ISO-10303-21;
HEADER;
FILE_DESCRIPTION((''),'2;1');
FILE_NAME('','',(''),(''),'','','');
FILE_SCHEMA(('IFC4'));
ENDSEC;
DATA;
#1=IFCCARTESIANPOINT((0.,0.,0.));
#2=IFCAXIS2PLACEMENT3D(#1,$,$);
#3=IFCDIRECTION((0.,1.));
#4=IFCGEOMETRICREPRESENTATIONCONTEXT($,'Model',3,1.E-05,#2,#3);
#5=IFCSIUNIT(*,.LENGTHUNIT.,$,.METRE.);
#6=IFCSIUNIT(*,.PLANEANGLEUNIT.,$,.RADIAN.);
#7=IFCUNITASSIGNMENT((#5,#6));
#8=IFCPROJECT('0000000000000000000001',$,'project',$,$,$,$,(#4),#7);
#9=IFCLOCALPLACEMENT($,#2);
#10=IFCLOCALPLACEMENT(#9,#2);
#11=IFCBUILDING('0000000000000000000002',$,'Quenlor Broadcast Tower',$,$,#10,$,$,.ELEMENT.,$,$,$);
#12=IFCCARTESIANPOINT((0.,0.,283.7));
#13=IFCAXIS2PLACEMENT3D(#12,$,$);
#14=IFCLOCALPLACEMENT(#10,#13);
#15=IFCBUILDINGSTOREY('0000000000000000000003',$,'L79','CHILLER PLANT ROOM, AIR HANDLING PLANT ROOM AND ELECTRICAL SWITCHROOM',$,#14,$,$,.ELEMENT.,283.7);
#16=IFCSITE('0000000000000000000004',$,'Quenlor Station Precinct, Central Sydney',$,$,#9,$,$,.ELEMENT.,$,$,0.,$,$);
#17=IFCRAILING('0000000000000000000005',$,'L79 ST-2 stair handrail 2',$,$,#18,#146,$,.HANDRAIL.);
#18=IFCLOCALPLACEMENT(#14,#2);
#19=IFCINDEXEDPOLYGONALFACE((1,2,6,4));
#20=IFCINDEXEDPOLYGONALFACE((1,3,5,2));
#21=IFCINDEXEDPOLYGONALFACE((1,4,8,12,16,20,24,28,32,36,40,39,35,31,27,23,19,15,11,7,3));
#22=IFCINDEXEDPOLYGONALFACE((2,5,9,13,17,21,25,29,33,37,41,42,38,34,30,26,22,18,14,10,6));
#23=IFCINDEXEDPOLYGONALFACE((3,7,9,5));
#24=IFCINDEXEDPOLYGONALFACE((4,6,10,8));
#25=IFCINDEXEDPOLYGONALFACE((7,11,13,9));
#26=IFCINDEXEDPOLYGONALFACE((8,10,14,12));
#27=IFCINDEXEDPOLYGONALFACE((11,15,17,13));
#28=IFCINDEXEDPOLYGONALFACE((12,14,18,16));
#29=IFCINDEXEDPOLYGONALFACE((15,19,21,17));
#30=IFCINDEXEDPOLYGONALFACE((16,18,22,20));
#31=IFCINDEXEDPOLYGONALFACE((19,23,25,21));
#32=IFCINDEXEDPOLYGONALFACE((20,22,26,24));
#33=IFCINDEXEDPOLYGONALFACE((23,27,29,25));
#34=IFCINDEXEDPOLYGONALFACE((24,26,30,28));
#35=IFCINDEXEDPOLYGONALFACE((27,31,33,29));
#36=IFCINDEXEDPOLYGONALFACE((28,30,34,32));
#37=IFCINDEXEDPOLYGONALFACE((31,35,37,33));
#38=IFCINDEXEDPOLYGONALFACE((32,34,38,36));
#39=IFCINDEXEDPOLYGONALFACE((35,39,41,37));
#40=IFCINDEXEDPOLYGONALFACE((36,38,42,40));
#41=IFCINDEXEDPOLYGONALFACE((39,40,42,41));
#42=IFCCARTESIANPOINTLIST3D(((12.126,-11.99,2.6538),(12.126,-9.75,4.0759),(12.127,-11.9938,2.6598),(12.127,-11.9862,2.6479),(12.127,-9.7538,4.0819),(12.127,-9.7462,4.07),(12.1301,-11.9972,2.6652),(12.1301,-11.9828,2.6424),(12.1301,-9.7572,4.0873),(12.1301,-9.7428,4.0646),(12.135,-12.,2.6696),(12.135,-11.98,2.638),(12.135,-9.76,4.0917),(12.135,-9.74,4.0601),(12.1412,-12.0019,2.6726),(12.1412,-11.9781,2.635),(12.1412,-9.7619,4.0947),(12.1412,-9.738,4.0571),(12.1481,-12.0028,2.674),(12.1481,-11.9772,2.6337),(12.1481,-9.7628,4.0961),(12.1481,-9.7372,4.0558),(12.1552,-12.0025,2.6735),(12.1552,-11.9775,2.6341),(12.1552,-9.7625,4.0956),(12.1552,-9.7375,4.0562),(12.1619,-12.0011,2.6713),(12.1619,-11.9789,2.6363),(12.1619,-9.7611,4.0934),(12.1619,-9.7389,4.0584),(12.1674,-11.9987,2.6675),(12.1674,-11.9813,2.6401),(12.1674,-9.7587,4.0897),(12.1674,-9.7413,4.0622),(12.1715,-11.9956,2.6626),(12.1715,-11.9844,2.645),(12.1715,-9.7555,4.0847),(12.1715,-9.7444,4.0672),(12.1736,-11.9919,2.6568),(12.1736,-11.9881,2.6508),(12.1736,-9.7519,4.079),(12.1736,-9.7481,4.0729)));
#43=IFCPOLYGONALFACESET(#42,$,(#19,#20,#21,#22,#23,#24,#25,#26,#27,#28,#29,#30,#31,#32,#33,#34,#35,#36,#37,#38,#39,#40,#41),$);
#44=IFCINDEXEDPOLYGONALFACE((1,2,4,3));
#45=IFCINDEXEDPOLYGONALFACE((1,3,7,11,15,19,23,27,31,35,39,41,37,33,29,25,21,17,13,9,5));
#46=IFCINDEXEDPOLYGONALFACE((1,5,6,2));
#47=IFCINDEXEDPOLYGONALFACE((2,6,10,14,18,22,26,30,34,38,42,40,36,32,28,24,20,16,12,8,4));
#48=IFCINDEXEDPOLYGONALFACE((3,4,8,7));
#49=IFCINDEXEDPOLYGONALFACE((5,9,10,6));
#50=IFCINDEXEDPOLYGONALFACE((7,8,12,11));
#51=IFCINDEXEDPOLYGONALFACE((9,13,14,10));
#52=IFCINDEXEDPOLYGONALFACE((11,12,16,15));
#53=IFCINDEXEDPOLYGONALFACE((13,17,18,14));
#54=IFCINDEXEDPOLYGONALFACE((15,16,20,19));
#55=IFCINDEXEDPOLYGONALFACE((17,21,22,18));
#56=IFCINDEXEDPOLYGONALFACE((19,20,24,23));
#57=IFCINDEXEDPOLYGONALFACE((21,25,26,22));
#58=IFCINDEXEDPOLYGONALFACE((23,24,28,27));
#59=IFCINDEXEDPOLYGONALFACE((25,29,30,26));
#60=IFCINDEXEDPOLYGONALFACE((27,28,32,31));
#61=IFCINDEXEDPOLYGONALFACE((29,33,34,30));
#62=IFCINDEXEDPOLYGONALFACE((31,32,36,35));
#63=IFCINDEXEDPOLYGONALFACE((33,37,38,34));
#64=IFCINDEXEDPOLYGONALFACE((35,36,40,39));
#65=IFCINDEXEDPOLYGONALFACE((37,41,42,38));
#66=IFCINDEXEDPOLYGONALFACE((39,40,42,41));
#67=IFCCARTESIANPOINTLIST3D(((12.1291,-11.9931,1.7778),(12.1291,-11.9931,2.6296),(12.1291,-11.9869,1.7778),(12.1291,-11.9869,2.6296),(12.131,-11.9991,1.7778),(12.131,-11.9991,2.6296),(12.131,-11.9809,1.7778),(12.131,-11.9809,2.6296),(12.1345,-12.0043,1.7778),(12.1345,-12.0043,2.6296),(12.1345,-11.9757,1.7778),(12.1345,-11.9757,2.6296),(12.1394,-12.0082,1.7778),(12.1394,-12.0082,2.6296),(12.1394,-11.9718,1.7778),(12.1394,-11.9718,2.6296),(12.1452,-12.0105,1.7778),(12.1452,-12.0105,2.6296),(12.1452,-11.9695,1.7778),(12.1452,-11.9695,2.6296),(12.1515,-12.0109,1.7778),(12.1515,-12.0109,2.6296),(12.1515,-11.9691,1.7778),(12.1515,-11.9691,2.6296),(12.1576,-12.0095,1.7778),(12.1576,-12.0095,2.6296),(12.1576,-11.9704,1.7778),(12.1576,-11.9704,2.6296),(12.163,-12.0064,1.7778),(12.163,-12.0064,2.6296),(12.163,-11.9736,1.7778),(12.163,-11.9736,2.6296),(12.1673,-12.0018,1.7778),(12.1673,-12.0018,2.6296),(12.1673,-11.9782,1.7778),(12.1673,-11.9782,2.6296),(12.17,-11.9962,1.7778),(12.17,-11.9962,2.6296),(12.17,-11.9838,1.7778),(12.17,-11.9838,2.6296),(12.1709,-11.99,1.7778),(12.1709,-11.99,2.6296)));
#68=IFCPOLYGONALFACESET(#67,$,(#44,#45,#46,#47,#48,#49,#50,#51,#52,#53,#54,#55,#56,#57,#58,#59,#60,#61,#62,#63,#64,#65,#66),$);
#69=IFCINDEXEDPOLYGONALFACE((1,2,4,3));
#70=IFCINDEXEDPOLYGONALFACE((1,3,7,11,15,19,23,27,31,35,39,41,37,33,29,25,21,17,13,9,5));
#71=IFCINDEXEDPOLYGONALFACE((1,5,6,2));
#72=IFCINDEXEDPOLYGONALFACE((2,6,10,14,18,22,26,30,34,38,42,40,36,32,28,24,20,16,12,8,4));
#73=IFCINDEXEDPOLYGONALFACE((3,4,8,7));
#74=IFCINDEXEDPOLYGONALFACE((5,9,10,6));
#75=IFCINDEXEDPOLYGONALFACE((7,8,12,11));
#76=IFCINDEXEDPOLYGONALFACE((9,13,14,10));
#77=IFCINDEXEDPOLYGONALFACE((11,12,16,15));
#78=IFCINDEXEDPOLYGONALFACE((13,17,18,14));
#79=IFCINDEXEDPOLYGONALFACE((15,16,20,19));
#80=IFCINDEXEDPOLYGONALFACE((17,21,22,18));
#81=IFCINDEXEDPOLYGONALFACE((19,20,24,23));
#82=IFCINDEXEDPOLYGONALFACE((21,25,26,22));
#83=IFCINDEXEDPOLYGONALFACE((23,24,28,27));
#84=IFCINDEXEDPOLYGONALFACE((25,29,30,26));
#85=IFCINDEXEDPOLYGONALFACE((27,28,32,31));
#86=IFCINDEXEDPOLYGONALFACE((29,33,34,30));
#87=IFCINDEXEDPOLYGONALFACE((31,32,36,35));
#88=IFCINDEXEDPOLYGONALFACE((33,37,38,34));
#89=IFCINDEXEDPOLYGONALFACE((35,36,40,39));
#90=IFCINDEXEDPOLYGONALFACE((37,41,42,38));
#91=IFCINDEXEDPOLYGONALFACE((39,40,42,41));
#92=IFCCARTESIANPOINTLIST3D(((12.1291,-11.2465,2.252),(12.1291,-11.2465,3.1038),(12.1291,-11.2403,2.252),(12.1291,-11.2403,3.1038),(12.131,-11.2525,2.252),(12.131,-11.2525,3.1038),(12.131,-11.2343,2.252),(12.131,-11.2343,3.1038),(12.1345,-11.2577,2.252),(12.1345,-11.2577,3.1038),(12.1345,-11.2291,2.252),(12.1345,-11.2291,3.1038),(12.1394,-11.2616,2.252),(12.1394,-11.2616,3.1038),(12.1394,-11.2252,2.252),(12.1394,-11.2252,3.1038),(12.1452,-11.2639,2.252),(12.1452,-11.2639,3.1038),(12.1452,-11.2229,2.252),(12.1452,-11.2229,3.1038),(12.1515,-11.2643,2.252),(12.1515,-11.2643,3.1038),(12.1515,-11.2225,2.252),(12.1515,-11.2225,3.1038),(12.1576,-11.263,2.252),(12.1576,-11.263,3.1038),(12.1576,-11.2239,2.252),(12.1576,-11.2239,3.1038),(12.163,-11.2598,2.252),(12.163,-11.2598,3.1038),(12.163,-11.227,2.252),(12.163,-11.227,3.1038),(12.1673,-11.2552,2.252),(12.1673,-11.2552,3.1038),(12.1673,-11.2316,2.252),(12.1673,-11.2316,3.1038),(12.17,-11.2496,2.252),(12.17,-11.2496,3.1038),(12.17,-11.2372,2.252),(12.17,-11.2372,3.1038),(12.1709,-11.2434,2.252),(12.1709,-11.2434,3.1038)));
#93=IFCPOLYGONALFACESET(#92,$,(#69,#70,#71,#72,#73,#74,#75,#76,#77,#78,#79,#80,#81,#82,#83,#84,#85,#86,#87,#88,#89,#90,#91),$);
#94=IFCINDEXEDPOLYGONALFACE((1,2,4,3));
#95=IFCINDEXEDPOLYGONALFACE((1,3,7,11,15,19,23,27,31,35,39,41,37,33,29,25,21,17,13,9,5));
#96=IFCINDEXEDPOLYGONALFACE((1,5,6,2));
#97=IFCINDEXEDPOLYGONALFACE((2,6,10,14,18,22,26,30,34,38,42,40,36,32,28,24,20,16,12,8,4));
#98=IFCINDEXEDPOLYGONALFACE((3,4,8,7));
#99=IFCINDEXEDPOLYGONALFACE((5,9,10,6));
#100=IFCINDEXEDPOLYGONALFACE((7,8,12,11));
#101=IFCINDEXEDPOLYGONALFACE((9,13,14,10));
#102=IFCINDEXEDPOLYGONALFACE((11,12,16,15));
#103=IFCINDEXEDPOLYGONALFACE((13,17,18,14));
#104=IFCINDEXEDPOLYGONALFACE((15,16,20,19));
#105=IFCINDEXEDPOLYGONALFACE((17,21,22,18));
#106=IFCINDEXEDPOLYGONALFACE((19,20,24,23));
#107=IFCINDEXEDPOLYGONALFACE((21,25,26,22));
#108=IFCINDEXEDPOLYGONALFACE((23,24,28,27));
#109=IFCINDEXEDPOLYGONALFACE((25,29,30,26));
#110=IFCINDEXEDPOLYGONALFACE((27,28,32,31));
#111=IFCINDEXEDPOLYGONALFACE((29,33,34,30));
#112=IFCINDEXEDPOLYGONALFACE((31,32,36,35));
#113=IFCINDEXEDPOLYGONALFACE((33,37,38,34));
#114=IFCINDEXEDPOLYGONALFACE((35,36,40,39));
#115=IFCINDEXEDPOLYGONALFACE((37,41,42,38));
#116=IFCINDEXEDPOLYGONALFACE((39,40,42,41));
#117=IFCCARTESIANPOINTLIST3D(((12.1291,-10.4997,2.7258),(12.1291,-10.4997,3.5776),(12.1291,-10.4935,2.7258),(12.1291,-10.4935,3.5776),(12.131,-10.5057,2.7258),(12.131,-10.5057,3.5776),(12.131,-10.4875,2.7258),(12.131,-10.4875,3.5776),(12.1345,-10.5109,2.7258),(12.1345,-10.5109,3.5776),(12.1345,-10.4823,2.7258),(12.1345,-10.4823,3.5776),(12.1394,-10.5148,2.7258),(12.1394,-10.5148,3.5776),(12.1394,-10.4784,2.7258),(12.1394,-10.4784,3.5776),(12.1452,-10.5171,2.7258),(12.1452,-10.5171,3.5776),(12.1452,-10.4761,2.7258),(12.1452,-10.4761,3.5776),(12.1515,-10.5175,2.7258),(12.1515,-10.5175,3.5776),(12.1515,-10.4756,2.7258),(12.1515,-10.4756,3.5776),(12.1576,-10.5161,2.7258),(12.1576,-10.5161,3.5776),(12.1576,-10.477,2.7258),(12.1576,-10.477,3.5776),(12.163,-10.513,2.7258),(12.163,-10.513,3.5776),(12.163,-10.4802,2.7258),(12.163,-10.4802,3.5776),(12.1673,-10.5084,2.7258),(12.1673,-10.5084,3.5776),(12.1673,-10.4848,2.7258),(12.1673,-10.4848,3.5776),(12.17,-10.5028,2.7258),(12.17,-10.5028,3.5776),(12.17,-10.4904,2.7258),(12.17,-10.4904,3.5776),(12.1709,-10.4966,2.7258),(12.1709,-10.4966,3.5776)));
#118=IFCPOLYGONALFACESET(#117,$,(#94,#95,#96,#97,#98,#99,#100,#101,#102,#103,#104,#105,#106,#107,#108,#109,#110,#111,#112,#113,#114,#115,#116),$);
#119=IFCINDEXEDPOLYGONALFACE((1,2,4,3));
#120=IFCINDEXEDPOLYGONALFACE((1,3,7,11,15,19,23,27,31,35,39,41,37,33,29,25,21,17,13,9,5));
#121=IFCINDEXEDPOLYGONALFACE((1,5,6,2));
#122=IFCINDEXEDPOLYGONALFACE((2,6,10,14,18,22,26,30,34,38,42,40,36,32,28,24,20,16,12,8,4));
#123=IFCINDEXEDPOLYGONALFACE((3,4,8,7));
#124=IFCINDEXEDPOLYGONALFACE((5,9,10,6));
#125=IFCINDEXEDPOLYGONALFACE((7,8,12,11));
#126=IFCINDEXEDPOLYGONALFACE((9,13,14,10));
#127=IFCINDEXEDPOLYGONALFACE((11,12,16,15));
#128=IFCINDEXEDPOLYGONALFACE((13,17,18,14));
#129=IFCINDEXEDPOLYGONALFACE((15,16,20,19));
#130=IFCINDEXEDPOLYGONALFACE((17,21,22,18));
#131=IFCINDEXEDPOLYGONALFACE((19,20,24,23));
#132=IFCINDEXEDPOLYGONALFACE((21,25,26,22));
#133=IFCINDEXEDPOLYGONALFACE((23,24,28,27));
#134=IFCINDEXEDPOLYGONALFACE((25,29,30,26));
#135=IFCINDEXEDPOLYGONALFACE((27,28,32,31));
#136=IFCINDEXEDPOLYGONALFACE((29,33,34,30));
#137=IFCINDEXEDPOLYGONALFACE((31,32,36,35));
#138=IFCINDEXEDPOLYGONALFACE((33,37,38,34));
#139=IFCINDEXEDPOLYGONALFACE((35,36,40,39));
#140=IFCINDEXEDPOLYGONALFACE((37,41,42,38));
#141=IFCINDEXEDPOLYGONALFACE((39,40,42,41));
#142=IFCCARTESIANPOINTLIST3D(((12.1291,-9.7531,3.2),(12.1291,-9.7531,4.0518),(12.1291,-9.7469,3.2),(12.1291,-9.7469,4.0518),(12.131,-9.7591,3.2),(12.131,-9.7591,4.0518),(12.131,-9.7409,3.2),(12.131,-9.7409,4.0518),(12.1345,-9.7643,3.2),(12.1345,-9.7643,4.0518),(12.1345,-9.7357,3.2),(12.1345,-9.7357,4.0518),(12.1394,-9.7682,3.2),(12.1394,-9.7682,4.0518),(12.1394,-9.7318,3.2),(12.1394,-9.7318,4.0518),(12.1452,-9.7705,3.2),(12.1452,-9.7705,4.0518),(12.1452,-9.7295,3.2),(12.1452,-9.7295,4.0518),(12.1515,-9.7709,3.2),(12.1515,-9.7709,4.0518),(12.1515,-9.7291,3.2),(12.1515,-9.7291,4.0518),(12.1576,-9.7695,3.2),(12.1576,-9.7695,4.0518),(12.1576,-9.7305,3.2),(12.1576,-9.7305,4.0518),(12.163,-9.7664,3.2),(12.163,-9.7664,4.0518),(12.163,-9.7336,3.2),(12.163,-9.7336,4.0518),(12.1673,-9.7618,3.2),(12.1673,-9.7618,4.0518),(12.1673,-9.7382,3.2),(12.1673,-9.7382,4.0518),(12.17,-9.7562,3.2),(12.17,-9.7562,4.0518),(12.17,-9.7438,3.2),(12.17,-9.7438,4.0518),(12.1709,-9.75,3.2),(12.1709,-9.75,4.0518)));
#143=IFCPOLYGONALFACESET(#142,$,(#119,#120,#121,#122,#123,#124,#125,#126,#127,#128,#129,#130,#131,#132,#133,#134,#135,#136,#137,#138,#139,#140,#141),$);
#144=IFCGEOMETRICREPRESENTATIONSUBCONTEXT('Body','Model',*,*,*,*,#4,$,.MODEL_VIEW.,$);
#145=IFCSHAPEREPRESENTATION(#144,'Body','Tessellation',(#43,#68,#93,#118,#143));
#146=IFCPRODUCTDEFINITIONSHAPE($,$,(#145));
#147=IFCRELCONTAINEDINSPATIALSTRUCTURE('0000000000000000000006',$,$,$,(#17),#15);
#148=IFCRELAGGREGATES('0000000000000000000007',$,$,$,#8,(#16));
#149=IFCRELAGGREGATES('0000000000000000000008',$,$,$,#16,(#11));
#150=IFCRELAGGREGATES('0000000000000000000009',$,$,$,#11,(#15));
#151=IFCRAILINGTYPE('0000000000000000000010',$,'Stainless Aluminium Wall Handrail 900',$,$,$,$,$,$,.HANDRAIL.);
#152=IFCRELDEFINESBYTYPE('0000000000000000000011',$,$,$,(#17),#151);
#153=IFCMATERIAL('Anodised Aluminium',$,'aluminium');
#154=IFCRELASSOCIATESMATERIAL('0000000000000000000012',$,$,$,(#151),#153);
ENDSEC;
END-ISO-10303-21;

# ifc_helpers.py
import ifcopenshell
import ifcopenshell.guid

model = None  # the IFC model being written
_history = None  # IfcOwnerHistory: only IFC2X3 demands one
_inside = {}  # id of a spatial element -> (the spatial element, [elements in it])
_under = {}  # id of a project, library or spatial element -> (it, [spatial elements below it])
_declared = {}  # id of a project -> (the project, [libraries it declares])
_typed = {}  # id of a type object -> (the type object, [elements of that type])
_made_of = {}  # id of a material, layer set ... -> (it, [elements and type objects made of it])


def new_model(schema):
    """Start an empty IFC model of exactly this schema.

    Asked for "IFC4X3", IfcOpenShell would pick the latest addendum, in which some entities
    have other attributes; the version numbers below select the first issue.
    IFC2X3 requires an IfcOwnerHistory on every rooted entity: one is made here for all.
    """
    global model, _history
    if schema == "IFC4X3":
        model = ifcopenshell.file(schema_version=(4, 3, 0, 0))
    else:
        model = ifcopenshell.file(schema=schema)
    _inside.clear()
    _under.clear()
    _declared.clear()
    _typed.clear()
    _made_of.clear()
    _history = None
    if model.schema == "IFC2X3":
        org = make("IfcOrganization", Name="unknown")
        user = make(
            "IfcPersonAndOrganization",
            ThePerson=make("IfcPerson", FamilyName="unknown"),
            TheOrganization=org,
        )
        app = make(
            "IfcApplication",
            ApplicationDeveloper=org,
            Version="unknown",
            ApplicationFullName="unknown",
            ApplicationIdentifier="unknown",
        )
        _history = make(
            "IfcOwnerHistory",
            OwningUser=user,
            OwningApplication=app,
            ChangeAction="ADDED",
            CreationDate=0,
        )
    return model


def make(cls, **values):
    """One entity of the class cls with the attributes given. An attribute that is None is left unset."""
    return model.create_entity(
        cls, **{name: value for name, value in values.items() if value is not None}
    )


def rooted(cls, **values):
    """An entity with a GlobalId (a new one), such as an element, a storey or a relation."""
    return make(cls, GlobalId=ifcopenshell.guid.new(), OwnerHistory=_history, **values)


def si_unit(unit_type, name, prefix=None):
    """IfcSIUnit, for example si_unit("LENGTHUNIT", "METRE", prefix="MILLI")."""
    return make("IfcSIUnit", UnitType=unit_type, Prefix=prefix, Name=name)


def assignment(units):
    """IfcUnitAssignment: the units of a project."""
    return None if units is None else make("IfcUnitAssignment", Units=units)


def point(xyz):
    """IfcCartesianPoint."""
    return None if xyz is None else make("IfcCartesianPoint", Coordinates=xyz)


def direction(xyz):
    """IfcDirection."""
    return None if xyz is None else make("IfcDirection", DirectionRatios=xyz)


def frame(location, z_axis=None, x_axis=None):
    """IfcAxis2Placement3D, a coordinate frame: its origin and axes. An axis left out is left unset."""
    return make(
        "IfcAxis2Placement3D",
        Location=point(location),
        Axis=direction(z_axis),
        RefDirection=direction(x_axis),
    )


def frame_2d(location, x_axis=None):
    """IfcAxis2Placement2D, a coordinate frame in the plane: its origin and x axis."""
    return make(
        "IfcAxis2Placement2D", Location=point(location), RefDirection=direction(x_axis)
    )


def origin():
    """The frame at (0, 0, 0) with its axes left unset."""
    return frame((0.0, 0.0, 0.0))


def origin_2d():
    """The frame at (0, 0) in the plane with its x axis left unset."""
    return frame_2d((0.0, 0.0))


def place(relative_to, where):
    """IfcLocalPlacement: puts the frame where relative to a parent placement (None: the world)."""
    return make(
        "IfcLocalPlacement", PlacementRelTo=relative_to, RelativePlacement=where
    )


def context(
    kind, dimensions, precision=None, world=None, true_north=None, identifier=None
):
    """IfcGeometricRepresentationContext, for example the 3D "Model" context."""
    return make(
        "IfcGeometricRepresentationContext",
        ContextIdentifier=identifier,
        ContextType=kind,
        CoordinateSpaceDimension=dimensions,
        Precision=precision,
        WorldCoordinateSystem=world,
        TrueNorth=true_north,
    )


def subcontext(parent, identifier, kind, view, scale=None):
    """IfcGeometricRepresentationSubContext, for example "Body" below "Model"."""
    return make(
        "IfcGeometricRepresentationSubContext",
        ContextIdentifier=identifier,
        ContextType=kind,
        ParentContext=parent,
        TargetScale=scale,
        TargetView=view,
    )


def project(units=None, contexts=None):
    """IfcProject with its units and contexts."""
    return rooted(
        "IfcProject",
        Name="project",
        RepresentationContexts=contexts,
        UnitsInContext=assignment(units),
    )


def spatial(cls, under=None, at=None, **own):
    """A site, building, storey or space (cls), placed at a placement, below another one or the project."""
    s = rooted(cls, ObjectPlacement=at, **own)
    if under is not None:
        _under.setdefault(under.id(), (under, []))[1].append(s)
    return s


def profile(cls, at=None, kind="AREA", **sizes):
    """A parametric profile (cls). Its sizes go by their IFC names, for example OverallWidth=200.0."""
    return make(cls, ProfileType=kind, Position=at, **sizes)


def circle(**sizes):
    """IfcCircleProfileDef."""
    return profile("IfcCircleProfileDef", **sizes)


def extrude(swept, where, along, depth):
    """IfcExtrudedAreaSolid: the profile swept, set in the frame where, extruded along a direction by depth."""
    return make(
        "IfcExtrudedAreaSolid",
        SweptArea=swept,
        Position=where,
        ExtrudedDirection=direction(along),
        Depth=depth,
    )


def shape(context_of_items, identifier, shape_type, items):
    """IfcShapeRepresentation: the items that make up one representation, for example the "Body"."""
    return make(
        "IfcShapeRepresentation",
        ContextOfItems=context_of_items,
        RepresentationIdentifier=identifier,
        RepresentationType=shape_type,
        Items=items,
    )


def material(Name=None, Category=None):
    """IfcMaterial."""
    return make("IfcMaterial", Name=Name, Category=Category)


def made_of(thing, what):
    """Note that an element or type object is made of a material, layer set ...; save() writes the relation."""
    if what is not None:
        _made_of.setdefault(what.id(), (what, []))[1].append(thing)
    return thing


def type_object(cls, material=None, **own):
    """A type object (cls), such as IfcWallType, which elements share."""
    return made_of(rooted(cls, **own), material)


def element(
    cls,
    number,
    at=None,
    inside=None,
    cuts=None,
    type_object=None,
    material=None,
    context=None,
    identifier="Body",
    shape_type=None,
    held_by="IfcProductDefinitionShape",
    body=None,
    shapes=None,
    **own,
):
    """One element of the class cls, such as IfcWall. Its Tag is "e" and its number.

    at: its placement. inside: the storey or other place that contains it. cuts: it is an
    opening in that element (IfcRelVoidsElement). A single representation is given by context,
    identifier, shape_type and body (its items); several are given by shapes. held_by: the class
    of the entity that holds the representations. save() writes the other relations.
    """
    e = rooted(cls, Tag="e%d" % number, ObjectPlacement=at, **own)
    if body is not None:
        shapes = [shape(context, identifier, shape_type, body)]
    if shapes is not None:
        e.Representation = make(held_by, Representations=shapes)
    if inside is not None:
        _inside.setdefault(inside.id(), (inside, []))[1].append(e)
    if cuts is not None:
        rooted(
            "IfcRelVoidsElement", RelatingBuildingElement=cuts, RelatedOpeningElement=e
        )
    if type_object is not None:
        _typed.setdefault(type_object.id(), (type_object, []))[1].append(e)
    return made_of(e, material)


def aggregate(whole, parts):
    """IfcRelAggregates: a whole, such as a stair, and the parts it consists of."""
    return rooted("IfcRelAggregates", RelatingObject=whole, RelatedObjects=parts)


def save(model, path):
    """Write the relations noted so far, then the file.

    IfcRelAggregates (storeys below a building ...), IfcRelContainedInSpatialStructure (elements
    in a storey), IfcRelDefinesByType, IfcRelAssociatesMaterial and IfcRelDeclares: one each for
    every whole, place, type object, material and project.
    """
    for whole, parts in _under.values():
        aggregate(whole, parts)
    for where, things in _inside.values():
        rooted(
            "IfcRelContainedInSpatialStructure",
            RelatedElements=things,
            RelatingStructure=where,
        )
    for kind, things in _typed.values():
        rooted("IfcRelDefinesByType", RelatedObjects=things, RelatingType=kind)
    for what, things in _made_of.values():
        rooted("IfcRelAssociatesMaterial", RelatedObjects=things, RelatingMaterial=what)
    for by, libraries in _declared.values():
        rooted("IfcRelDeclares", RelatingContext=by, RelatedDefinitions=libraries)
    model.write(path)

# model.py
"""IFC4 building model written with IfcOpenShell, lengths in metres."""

from ifc_helpers import new_model, si_unit, direction, frame, origin, origin_2d, place, context, subcontext, project, spatial, circle, extrude, material, type_object, element, save


model = new_model("IFC4")

# Units and contexts
model_context = context("Model", 3, precision=1e-05, world=origin(), true_north=direction((0.0, 1.0)))
body_context = subcontext(model_context, "Body", "Model", "MODEL_VIEW")
ifc_project = project(units=[si_unit("LENGTHUNIT", "METRE"), si_unit("PLANEANGLEUNIT", "RADIAN")], contexts=[model_context])

# Site, building, storey
site_placement = place(None, origin())
site = spatial("IfcSite", under=ifc_project, at=site_placement, Name="Quenlor Station Precinct, Central Sydney", CompositionType="ELEMENT", RefElevation=0.0)
building_placement = place(site_placement, origin())
building = spatial("IfcBuilding", under=site, at=building_placement, Name="Quenlor Broadcast Tower", CompositionType="ELEMENT")
storey_placement = place(building_placement, frame((0.0, 0.0, 283.7)))
storey = spatial("IfcBuildingStorey", under=building, at=storey_placement, Name="L79", Description="CHILLER PLANT ROOM, AIR HANDLING PLANT ROOM AND ELECTRICAL SWITCHROOM", CompositionType="ELEMENT", Elevation=283.7)

# Railing
ifc_material_1 = material(Name="Anodised Aluminium", Category="aluminium")
railing_type_1 = type_object("IfcRailingType", Name="Stainless Aluminium Wall Handrail 900", PredefinedType="HANDRAIL", material=ifc_material_1)
railing_1_placement = place(storey_placement, frame((12.1499, -11.99, 1.7778)))
element("IfcRailing", 1, at=railing_1_placement, inside=storey, type_object=railing_type_1, Name="L79 ST-2 stair handrail 2", PredefinedType="HANDRAIL", context=body_context, shape_type="SweptSolid", body=[
    extrude(circle(Radius=0.0239, at=origin_2d()), frame((0.0, 0.0, 0.876), z_axis=(0.0, 0.844229, 0.535982), x_axis=(-1.0, 0.0, 0.0)), (0.0, 0.0, 1.0), 2.6533),
    extrude(circle(Radius=0.021, at=origin_2d()), origin(), (0.0, 0.0, 1.0), 0.8518),
    extrude(circle(Radius=0.021, at=origin_2d()), frame((0.0, 0.7466, 0.4741)), (0.0, 0.0, 1.0), 0.8518),
    extrude(circle(Radius=0.021, at=origin_2d()), frame((0.0, 1.4934, 0.948)), (0.0, 0.0, 1.0), 0.8518),
    extrude(circle(Radius=0.021, at=origin_2d()), frame((0.0, 2.24, 1.4221)), (0.0, 0.0, 1.0), 0.8518),
])

save(model, "model.ifc")
